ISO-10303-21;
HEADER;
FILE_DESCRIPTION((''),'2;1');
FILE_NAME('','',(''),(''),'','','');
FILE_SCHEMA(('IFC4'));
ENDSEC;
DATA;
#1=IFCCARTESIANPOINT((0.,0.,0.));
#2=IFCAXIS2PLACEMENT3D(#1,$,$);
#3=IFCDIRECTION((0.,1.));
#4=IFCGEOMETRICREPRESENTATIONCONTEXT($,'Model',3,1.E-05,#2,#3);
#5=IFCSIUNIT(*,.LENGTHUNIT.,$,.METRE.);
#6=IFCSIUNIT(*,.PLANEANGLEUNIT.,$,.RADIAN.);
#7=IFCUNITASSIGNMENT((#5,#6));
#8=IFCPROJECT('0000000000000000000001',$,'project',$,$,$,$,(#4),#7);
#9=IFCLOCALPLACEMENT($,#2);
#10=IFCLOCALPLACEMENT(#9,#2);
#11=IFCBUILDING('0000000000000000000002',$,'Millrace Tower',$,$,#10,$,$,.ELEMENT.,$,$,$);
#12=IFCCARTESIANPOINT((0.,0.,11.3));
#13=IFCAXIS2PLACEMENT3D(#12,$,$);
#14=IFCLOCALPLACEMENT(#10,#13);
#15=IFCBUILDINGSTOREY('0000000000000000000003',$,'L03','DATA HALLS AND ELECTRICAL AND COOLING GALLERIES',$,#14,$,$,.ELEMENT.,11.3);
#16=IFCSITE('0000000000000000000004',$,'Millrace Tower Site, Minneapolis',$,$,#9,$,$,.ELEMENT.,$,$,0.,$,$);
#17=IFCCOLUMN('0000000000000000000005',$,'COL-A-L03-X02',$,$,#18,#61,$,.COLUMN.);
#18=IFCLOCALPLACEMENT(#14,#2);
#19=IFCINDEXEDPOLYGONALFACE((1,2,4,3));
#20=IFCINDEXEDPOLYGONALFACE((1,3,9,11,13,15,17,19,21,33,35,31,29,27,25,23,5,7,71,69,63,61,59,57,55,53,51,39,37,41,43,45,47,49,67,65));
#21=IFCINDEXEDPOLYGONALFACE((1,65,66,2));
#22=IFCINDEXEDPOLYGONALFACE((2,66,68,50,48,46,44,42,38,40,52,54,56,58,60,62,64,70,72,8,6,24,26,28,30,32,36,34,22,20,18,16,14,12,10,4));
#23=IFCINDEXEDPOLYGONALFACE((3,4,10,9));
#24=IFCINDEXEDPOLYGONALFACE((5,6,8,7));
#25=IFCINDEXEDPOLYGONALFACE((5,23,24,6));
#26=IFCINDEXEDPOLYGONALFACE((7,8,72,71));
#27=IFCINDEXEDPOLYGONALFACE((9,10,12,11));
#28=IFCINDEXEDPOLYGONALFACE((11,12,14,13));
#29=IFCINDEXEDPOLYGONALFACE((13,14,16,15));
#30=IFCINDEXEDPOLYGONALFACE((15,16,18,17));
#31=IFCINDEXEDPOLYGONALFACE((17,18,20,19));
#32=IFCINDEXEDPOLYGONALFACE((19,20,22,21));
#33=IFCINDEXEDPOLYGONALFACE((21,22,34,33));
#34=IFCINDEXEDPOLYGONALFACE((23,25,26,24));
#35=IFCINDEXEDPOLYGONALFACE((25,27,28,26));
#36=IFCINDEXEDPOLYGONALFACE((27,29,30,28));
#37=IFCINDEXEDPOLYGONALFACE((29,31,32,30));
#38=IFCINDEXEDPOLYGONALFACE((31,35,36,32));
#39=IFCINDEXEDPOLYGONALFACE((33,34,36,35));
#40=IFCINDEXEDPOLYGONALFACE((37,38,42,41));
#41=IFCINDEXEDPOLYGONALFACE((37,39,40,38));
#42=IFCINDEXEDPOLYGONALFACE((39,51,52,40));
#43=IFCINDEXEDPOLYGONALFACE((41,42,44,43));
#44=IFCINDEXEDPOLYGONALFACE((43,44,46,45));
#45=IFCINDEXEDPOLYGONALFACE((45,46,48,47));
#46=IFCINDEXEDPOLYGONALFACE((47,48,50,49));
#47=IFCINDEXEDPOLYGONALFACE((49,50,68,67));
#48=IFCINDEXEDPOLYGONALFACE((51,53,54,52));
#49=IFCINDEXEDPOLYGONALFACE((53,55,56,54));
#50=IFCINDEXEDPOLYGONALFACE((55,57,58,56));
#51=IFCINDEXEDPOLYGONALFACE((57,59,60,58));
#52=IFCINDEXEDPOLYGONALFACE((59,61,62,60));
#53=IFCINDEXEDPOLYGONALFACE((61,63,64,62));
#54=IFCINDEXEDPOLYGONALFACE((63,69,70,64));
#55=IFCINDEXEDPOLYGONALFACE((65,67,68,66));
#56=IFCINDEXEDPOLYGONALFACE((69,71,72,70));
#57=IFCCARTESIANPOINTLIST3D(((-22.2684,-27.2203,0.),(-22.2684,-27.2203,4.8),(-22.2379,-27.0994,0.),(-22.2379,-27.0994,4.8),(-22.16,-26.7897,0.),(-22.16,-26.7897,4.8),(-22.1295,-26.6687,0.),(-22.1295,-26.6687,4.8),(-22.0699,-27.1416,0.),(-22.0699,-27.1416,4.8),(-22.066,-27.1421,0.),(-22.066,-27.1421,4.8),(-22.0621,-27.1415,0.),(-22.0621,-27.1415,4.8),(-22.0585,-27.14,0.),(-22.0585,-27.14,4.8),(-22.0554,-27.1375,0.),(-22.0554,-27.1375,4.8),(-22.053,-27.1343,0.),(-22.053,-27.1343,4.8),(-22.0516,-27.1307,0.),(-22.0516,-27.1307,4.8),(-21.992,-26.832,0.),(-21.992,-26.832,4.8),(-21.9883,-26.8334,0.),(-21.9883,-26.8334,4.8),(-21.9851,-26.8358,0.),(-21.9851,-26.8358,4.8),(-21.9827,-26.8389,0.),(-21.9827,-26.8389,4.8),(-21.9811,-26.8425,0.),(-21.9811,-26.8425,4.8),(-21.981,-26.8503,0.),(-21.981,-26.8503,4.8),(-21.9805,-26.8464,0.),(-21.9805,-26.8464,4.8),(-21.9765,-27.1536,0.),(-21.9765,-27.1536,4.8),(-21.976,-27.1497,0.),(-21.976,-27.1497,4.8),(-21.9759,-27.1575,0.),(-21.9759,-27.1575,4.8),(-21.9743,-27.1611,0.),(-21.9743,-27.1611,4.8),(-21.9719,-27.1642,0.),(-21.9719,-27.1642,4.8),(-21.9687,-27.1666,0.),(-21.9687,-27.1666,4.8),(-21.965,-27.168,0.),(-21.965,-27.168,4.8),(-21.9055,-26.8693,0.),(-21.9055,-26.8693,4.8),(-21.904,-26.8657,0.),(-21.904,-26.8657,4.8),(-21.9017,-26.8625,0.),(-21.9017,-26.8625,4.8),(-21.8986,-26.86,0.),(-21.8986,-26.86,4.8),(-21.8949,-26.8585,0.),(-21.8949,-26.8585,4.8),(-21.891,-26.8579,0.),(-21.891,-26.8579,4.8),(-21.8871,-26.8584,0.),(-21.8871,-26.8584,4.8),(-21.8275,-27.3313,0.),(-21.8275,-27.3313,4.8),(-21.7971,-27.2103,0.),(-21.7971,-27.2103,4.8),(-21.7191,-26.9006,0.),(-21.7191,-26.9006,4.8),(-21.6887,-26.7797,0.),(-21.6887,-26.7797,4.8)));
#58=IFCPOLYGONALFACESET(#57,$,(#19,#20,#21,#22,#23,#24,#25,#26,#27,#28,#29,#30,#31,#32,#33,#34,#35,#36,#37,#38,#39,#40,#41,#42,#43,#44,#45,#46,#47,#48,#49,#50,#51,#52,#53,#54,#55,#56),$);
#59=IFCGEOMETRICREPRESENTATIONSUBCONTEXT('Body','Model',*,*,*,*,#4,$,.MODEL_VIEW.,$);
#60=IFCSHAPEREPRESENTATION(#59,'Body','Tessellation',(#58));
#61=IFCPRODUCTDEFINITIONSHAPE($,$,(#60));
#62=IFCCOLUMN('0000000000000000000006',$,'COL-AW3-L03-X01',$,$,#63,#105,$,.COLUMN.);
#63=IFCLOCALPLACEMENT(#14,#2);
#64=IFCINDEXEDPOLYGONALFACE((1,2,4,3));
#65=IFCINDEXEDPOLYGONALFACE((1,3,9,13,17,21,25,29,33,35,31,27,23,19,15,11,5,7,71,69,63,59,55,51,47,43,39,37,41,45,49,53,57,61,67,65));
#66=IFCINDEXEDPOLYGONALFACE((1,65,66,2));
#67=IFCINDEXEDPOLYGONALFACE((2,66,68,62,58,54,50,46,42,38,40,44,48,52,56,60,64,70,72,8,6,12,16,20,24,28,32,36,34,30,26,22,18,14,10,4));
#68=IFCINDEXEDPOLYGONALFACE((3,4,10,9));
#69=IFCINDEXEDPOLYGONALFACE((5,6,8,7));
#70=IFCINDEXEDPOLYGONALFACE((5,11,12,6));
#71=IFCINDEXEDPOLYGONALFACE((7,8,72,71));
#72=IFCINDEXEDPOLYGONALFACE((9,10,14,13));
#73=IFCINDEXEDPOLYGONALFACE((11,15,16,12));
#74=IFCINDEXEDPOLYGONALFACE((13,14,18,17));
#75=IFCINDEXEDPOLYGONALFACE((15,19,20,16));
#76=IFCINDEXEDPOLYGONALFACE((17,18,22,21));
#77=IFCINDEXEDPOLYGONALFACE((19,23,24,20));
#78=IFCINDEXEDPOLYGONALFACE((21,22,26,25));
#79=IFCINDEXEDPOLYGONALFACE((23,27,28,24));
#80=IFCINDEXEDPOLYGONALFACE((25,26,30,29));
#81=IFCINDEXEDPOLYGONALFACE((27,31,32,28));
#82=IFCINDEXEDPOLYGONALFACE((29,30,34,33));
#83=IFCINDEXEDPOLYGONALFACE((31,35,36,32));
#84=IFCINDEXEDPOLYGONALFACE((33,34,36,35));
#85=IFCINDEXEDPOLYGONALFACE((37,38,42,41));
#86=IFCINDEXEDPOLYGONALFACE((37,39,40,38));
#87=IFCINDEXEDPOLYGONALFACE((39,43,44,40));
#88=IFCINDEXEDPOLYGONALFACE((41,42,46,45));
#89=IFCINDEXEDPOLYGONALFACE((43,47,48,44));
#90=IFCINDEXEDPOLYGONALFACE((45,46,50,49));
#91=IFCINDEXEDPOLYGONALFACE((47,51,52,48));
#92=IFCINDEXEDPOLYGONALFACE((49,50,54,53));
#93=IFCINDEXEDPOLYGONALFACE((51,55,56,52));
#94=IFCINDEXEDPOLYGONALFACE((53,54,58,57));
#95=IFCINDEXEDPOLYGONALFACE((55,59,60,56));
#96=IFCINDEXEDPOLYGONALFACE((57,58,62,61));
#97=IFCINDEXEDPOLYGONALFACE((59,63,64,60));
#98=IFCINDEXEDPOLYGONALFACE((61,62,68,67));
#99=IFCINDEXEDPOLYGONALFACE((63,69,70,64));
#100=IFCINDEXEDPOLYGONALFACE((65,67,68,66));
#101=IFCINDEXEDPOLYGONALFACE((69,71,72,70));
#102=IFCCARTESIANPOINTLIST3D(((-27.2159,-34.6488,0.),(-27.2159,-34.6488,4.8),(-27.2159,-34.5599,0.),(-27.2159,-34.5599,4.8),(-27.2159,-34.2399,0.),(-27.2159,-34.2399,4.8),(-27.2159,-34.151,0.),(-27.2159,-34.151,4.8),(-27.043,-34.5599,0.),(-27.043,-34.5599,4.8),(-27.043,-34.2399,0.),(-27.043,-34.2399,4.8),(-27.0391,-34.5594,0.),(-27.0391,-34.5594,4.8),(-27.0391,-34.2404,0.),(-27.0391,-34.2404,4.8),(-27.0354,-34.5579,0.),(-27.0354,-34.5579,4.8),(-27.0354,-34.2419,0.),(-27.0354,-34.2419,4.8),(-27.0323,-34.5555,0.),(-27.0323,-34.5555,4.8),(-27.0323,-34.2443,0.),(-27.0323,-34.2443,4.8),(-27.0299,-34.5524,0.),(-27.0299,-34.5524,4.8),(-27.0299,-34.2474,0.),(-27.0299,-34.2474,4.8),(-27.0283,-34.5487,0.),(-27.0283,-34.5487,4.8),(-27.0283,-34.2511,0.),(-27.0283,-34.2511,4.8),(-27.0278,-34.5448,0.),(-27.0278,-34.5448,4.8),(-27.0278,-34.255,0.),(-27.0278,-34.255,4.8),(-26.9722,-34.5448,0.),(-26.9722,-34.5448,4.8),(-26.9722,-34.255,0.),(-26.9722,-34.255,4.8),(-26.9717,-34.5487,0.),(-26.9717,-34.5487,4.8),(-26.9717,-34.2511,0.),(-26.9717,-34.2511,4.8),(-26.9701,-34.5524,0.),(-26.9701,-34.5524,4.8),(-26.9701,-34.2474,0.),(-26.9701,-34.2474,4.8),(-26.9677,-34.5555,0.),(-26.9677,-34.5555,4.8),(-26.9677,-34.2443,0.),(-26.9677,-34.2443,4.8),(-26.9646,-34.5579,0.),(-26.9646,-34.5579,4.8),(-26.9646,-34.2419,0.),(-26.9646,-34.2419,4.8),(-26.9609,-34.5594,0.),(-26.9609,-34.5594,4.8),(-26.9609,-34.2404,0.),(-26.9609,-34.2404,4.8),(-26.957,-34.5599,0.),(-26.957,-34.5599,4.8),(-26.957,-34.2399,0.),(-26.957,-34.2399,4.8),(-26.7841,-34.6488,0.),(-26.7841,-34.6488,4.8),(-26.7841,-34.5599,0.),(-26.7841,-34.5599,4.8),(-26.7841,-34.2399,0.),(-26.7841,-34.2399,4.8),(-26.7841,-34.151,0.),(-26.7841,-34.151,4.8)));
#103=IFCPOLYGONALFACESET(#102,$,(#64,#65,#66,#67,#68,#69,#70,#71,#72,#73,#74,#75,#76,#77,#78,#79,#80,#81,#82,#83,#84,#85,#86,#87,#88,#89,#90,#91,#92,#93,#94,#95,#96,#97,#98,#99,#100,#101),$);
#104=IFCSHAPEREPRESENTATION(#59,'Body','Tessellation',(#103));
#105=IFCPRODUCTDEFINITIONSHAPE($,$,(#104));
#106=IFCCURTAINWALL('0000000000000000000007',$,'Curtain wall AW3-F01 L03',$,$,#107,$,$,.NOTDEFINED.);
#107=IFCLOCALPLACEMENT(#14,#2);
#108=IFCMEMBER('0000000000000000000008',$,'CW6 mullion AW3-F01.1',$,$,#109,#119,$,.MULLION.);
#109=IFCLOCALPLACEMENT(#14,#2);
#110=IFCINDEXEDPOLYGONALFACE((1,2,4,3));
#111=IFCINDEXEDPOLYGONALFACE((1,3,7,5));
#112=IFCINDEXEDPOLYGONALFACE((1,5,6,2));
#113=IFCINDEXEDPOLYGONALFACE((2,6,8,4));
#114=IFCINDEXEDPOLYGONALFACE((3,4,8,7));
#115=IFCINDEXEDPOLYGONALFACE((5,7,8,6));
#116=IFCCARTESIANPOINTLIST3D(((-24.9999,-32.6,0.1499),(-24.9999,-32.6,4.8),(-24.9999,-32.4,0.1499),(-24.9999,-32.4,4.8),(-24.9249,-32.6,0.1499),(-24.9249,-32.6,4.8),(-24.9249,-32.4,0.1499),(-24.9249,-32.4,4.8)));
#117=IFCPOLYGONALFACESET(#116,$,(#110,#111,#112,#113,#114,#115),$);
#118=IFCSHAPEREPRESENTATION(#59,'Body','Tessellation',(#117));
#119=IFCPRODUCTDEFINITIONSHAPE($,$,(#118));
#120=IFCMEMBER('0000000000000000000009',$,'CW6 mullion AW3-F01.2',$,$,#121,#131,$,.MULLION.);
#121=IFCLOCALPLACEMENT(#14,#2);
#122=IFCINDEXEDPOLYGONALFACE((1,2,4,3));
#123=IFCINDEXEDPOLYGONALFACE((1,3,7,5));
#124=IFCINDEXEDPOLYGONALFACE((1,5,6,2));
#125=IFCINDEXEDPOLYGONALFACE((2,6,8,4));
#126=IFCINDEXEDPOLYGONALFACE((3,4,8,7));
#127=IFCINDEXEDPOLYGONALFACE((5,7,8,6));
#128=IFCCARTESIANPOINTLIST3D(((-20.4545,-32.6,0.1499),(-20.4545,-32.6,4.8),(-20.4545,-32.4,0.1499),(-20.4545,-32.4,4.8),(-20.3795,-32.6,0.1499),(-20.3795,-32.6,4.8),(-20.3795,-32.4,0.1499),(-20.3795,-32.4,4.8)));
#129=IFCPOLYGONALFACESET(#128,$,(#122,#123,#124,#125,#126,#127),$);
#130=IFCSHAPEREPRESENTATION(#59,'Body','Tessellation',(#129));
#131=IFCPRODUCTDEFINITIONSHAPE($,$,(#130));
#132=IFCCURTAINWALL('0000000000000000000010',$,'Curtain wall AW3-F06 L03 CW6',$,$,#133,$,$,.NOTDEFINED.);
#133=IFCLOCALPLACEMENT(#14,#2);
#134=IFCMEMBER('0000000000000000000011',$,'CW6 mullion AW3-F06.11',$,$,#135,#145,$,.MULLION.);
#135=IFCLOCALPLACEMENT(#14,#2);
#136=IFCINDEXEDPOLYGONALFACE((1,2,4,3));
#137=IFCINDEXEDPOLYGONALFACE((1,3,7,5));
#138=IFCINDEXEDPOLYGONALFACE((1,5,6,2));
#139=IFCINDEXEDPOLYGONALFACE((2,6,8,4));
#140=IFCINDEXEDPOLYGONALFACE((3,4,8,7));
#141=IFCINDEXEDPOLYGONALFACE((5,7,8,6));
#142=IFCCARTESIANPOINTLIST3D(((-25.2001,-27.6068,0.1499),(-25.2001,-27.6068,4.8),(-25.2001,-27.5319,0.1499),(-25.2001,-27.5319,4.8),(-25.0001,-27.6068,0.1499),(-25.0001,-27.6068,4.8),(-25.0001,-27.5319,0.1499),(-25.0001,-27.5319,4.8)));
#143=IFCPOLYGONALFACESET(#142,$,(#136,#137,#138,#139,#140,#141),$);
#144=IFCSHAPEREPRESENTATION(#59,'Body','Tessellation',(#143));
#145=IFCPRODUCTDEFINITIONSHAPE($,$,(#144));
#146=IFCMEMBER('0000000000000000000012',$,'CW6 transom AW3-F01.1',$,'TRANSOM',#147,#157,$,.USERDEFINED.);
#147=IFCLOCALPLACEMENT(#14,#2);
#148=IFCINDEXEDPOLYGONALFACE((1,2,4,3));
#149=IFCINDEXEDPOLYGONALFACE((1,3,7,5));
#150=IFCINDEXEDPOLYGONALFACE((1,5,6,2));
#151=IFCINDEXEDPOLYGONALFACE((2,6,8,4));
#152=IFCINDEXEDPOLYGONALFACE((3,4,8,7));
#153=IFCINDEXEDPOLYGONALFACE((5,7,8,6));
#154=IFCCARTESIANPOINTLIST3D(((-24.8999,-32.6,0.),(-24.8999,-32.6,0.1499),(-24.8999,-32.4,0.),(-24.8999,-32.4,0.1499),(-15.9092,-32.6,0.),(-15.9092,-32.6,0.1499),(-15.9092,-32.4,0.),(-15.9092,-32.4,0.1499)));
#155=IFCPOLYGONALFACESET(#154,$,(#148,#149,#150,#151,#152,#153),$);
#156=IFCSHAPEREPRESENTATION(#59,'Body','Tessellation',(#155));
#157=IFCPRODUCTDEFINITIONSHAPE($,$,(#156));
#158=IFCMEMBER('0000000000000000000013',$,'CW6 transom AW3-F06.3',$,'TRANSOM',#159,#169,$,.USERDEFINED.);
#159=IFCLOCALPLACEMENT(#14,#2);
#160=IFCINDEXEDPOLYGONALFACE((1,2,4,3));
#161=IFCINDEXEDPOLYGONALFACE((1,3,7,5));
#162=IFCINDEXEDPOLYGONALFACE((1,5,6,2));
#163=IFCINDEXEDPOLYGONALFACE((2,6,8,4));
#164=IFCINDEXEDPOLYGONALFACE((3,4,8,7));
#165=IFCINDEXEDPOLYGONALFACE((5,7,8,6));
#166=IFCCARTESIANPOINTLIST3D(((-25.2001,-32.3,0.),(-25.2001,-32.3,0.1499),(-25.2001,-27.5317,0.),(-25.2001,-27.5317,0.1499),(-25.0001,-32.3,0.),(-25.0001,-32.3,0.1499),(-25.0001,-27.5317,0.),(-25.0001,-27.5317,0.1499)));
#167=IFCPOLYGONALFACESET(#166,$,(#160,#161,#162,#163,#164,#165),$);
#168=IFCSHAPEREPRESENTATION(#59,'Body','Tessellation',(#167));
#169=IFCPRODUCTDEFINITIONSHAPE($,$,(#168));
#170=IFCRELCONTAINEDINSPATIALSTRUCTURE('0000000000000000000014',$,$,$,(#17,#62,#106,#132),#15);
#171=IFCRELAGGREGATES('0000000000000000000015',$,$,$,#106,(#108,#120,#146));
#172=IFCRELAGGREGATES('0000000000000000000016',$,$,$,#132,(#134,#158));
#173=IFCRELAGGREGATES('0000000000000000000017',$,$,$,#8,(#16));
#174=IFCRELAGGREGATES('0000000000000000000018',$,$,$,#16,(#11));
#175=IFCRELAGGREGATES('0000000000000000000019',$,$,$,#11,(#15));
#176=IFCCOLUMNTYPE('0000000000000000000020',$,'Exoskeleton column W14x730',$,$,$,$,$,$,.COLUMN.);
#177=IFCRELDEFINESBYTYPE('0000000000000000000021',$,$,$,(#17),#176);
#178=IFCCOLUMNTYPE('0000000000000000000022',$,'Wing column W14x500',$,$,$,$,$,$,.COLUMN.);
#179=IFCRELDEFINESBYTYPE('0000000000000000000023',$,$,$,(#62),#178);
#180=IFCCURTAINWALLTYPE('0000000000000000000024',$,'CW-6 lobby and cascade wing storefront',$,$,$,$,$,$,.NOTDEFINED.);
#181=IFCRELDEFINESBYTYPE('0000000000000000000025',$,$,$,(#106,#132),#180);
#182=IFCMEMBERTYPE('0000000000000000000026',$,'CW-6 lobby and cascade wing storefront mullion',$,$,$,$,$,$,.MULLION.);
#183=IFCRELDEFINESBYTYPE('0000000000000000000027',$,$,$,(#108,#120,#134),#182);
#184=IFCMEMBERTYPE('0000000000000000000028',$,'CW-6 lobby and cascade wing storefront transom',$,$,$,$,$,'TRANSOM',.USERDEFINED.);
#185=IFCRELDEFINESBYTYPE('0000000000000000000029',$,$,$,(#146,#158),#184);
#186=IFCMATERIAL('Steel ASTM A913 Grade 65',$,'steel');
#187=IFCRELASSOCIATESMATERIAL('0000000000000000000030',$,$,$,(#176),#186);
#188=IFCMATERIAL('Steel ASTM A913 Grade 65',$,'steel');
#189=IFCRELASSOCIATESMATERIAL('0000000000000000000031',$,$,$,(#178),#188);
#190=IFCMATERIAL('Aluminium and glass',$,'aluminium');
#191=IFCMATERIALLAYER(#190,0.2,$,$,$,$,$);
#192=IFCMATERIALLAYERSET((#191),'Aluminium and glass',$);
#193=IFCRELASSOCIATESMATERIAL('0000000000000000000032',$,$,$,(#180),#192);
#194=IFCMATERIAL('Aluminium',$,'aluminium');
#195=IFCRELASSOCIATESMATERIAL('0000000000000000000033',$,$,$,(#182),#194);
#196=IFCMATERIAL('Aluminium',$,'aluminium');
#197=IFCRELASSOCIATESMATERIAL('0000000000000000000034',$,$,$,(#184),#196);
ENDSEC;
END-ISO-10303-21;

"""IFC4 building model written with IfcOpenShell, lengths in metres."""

from ifc_helpers import new_model, si_unit, direction, frame, origin, origin_2d, place, context, subcontext, project, spatial, rectangle, i_section, extrude, material, layer, layer_set, material_profile, profile_set, type_object, element, aggregate, save


model = new_model("IFC4")

# Units and contexts
model_context = context("Model", 3, precision=1e-05, world=origin(), true_north=direction((0.0, 1.0)))
body_context = subcontext(model_context, "Body", "Model", "MODEL_VIEW")
ifc_project = project(units=[si_unit("LENGTHUNIT", "METRE"), si_unit("PLANEANGLEUNIT", "RADIAN")], contexts=[model_context])

# Site, building, storey
site_placement = place(None, origin())
site = spatial("IfcSite", under=ifc_project, at=site_placement, Name="Millrace Tower Site, Minneapolis", CompositionType="ELEMENT", RefElevation=0.0)
building_placement = place(site_placement, origin())
building = spatial("IfcBuilding", under=site, at=building_placement, Name="Millrace Tower", CompositionType="ELEMENT")
storey_placement = place(building_placement, frame((0.0, 0.0, 11.3)))
storey = spatial("IfcBuildingStorey", under=building, at=storey_placement, Name="L03", Description="DATA HALLS AND ELECTRICAL AND COOLING GALLERIES", CompositionType="ELEMENT", Elevation=11.3)

# Columns
ifc_material_1 = material(Name="Steel ASTM A913 Grade 65", Category="steel")
ifc_material_profile_1 = material_profile(ifc_material_1, i_section(OverallWidth=0.4546, OverallDepth=0.5688, WebThickness=0.0779, FlangeThickness=0.1248, FilletRadius=0.0151, at=origin_2d()))
ifc_profile_set_1 = profile_set([ifc_material_profile_1], Name="Steel ASTM A913 Grade 65")
column_type_1 = type_object("IfcColumnType", Name="Exoskeleton column W14x730", PredefinedType="COLUMN", material=ifc_profile_set_1)
column_1_placement = place(storey_placement, frame((-21.9785, -27.0, 0.0), z_axis=(0.0, 0.0, 1.0), x_axis=(0.969752, -0.244094, 0.0)))
element("IfcColumn", 1, at=column_1_placement, inside=storey, type_object=column_type_1, Name="COL-A-L03-X02", PredefinedType="COLUMN", context=body_context, shape_type="SweptSolid", body=[
    extrude(i_section(OverallWidth=0.4546, OverallDepth=0.5688, WebThickness=0.0779, FlangeThickness=0.1248, FilletRadius=0.0151, at=origin_2d()), origin(), (0.0, 0.0, 1.0), 4.8),
])
ifc_material_2 = material(Name="Steel ASTM A913 Grade 65", Category="steel")
ifc_material_profile_2 = material_profile(ifc_material_2, i_section(OverallWidth=0.4319, OverallDepth=0.4978, WebThickness=0.0557, FlangeThickness=0.0889, FilletRadius=0.0151, at=origin_2d()))
ifc_profile_set_2 = profile_set([ifc_material_profile_2], Name="Steel ASTM A913 Grade 65")
column_type_2 = type_object("IfcColumnType", Name="Wing column W14x500", PredefinedType="COLUMN", material=ifc_profile_set_2)
column_2_placement = place(storey_placement, frame((-27.0, -34.3999, 0.0), z_axis=(0.0, 0.0, 1.0), x_axis=(1.0, 0.0, 0.0)))
element("IfcColumn", 2, at=column_2_placement, inside=storey, type_object=column_type_2, Name="COL-AW3-L03-X01", PredefinedType="COLUMN", context=body_context, shape_type="SweptSolid", body=[
    extrude(i_section(OverallWidth=0.4319, OverallDepth=0.4978, WebThickness=0.0557, FlangeThickness=0.0889, FilletRadius=0.0151, at=origin_2d()), origin(), (0.0, 0.0, 1.0), 4.8),
])

# Curtain wall, members
ifc_material_3 = material(Name="Aluminium and glass", Category="aluminium")
ifc_layer_1 = layer(ifc_material_3, 0.2)
ifc_layer_set_1 = layer_set([ifc_layer_1], Name="Aluminium and glass")
curtain_wall_type = type_object("IfcCurtainWallType", Name="CW-6 lobby and cascade wing storefront", PredefinedType="NOTDEFINED", material=ifc_layer_set_1)
placement = place(storey_placement, origin())
curtain_wall_1 = element("IfcCurtainWall", 3, at=placement, inside=storey, type_object=curtain_wall_type, Name="Curtain wall AW3-F01 L03", PredefinedType="NOTDEFINED")
ifc_material_4 = material(Name="Aluminium", Category="aluminium")
ifc_material_profile_3 = material_profile(ifc_material_4, rectangle(XDim=0.075, YDim=0.2, at=origin_2d()))
ifc_profile_set_3 = profile_set([ifc_material_profile_3], Name="Aluminium")
member_type_1 = type_object("IfcMemberType", Name="CW-6 lobby and cascade wing storefront mullion", PredefinedType="MULLION", material=ifc_profile_set_3)
member_1_placement = place(storey_placement, frame((-24.9624, -32.5, 0.1499), z_axis=(0.0, 0.0, 1.0), x_axis=(1.0, 0.0, 0.0)))
member_1 = element("IfcMember", 4, at=member_1_placement, type_object=member_type_1, Name="CW6 mullion AW3-F01.1", PredefinedType="MULLION", context=body_context, shape_type="SweptSolid", body=[
    extrude(rectangle(XDim=0.075, YDim=0.2, at=origin_2d()), origin(), (0.0, 0.0, 1.0), 4.6501),
])
member_2_placement = place(storey_placement, frame((-20.417, -32.5, 0.1499), z_axis=(0.0, 0.0, 1.0), x_axis=(1.0, 0.0, 0.0)))
member_2 = element("IfcMember", 5, at=member_2_placement, type_object=member_type_1, Name="CW6 mullion AW3-F01.2", PredefinedType="MULLION", context=body_context, shape_type="SweptSolid", body=[
    extrude(rectangle(XDim=0.075, YDim=0.2, at=origin_2d()), origin(), (0.0, 0.0, 1.0), 4.6501),
])

# Curtain wall, member
curtain_wall_2 = element("IfcCurtainWall", 6, at=placement, inside=storey, type_object=curtain_wall_type, Name="Curtain wall AW3-F06 L03 CW6", PredefinedType="NOTDEFINED")
member_3_placement = place(storey_placement, frame((-25.1001, -27.5693, 0.1499), z_axis=(0.0, 0.0, 1.0), x_axis=(0.0, -1.0, 0.0)))
member_3 = element("IfcMember", 7, at=member_3_placement, type_object=member_type_1, Name="CW6 mullion AW3-F06.11", PredefinedType="MULLION", context=body_context, shape_type="SweptSolid", body=[
    extrude(rectangle(XDim=0.075, YDim=0.2, at=origin_2d()), origin(), (0.0, 0.0, 1.0), 4.6501),
])

# Members
ifc_material_5 = material(Name="Aluminium", Category="aluminium")
ifc_material_profile_4 = material_profile(ifc_material_5, rectangle(XDim=0.2, YDim=0.1499, at=origin_2d()))
ifc_profile_set_4 = profile_set([ifc_material_profile_4], Name="Aluminium")
member_type_2 = type_object("IfcMemberType", Name="CW-6 lobby and cascade wing storefront transom", ElementType="TRANSOM", PredefinedType="USERDEFINED", material=ifc_profile_set_4)
member_4_placement = place(storey_placement, frame((-24.8999, -32.5, 0.075), z_axis=(1.0, 0.0, 0.0), x_axis=(0.0, 1.0, 0.0)))
member_4 = element("IfcMember", 8, at=member_4_placement, type_object=member_type_2, Name="CW6 transom AW3-F01.1", ObjectType="TRANSOM", PredefinedType="USERDEFINED", context=body_context, shape_type="SweptSolid", body=[
    extrude(rectangle(XDim=0.2, YDim=0.1499, at=origin_2d()), origin(), (0.0, 0.0, 1.0), 8.9907),
])
aggregate(curtain_wall_1, [member_1, member_2, member_4])
member_5_placement = place(storey_placement, frame((-25.1001, -27.5317, 0.075), z_axis=(0.0, -1.0, 0.0), x_axis=(1.0, 0.0, 0.0)))
member_5 = element("IfcMember", 9, at=member_5_placement, type_object=member_type_2, Name="CW6 transom AW3-F06.3", ObjectType="TRANSOM", PredefinedType="USERDEFINED", context=body_context, shape_type="SweptSolid", body=[
    extrude(rectangle(XDim=0.2, YDim=0.1499, at=origin_2d()), origin(), (0.0, 0.0, 1.0), 4.7683),
])
aggregate(curtain_wall_2, [member_3, member_5])

save(model, "model.ifc")
